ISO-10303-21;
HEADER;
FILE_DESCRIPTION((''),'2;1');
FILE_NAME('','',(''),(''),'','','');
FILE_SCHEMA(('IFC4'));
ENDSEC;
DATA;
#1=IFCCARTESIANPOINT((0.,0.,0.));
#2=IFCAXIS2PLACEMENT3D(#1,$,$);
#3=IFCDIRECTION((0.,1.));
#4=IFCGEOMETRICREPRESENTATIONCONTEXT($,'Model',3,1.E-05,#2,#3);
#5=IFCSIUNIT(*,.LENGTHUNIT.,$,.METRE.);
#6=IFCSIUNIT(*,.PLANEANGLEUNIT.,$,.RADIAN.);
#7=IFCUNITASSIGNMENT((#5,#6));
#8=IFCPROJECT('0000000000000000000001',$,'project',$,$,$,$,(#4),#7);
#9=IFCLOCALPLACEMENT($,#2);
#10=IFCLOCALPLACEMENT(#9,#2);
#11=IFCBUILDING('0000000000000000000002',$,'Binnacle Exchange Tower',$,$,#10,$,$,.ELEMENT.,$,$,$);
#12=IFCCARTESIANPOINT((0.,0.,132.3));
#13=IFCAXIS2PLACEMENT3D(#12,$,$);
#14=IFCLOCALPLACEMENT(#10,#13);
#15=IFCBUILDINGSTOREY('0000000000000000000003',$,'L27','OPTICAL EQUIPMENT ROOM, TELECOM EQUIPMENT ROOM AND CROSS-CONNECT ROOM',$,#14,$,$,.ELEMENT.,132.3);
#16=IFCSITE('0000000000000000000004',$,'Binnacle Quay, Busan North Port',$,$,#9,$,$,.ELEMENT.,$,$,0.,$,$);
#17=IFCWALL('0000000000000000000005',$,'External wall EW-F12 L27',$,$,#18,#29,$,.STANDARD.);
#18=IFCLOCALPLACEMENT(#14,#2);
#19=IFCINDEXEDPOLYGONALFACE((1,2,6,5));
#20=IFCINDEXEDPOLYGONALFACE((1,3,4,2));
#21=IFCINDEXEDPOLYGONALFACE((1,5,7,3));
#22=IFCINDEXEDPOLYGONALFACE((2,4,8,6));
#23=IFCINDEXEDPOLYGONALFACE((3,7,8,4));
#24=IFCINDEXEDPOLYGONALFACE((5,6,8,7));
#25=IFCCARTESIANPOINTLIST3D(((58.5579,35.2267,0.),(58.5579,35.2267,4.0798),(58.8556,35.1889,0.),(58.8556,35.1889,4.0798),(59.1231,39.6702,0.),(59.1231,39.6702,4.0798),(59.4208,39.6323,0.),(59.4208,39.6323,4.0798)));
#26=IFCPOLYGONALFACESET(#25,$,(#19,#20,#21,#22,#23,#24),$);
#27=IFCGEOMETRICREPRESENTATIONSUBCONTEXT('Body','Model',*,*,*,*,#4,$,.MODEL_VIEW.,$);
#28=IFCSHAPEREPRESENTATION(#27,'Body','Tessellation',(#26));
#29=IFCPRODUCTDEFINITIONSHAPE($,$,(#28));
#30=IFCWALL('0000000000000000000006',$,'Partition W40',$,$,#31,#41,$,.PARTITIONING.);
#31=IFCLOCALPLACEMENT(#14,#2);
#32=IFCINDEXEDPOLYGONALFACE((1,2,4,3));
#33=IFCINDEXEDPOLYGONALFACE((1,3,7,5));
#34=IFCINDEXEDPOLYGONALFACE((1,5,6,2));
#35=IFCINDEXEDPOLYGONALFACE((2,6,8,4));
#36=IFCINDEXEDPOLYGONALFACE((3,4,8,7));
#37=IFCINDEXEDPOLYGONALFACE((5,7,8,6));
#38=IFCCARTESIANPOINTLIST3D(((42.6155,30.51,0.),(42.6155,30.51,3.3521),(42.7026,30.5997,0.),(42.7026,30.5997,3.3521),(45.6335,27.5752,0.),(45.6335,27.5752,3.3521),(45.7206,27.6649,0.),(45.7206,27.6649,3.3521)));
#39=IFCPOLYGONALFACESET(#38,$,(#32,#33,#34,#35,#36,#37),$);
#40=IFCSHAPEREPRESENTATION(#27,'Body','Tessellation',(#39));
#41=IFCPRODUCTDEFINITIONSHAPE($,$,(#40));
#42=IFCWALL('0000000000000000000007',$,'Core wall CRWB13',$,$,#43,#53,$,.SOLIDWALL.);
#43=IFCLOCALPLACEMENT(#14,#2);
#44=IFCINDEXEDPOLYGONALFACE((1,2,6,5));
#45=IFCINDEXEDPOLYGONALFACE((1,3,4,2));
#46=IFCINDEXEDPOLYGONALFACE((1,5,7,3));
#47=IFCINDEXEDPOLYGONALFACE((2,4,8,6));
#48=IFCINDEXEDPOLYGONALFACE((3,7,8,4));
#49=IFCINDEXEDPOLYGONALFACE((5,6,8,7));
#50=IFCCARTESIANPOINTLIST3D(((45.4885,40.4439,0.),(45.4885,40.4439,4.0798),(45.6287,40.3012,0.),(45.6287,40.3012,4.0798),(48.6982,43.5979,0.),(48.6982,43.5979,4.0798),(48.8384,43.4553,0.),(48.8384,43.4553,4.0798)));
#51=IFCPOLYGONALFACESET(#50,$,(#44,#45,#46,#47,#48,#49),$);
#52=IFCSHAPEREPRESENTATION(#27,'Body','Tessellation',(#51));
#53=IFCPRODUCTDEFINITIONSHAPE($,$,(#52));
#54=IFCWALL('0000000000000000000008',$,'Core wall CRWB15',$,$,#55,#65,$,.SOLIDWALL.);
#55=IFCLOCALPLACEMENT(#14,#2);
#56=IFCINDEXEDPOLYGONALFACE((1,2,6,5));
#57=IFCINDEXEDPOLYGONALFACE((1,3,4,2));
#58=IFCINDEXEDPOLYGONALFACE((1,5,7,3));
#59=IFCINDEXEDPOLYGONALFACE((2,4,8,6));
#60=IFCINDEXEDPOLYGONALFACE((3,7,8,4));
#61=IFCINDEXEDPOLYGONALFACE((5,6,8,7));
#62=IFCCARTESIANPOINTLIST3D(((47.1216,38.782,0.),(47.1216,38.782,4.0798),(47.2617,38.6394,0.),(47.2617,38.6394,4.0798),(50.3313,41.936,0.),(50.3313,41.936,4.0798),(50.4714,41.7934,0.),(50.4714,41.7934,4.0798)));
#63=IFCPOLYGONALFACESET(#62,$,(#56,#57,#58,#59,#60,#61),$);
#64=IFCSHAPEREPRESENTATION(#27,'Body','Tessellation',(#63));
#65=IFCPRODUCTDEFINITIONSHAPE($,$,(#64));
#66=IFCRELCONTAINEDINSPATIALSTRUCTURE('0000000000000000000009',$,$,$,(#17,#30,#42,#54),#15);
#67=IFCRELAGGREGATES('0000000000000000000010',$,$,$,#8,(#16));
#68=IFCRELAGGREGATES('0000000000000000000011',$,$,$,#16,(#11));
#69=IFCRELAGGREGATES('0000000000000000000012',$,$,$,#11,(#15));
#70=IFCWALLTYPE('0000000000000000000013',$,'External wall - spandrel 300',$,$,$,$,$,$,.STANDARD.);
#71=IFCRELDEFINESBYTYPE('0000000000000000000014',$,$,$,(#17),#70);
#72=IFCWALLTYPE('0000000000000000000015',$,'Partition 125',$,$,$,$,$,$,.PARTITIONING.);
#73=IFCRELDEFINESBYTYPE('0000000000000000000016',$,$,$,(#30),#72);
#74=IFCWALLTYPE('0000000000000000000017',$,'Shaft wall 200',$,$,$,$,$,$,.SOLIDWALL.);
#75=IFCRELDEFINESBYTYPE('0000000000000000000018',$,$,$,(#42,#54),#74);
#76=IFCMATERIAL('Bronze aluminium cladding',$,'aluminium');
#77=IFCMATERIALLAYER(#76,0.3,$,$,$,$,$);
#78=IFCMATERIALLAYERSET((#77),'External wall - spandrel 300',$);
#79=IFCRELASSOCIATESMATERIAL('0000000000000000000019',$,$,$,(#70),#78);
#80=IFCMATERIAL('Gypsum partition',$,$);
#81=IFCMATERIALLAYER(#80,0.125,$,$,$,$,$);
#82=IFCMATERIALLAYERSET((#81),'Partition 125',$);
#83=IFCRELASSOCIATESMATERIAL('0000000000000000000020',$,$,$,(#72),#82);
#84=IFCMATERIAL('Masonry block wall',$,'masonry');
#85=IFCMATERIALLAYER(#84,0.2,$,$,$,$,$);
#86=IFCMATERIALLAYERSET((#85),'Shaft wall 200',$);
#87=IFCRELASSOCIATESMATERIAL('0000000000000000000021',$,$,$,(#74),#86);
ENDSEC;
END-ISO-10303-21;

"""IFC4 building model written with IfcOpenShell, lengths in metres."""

from ifc_helpers import new_model, si_unit, direction, frame, frame_2d, origin, place, context, subcontext, project, spatial, rectangle, extrude, material, layer, layer_set, type_object, element, save


model = new_model("IFC4")

# Units and contexts
model_context = context("Model", 3, precision=1e-05, world=origin(), true_north=direction((0.0, 1.0)))
body_context = subcontext(model_context, "Body", "Model", "MODEL_VIEW")
ifc_project = project(units=[si_unit("LENGTHUNIT", "METRE"), si_unit("PLANEANGLEUNIT", "RADIAN")], contexts=[model_context])

# Site, building, storey
site_placement = place(None, origin())
site = spatial("IfcSite", under=ifc_project, at=site_placement, Name="Binnacle Quay, Busan North Port", CompositionType="ELEMENT", RefElevation=0.0)
building_placement = place(site_placement, origin())
building = spatial("IfcBuilding", under=site, at=building_placement, Name="Binnacle Exchange Tower", CompositionType="ELEMENT")
storey_placement = place(building_placement, frame((0.0, 0.0, 132.3)))
storey = spatial("IfcBuildingStorey", under=building, at=storey_placement, Name="L27", Description="OPTICAL EQUIPMENT ROOM, TELECOM EQUIPMENT ROOM AND CROSS-CONNECT ROOM", CompositionType="ELEMENT", Elevation=132.3)

# Shared definitions
ifc_material_1 = material(Name="Bronze aluminium cladding", Category="aluminium")
ifc_layer_1 = layer(ifc_material_1, 0.3)
ifc_layer_set_1 = layer_set([ifc_layer_1], Name="External wall - spandrel 300")
wall_type_1 = type_object("IfcWallType", Name="External wall - spandrel 300", PredefinedType="STANDARD", material=ifc_layer_set_1)

# Walls
wall_1_placement = place(storey_placement, frame((59.272, 39.6514, 0.0), z_axis=(0.0, 0.0, 1.0), x_axis=(-0.126181, -0.992007, 0.0)))
element("IfcWall", 1, at=wall_1_placement, inside=storey, type_object=wall_type_1, Name="External wall EW-F12 L27", PredefinedType="STANDARD", context=body_context, shape_type="SweptSolid", body=[
    extrude(rectangle(XDim=4.4792, YDim=0.3, at=frame_2d((2.2397, 0.0))), origin(), (0.0, 0.0, 1.0), 4.0798),
])
ifc_material_2 = material(Name="Gypsum partition")
ifc_layer_2 = layer(ifc_material_2, 0.125)
ifc_layer_set_2 = layer_set([ifc_layer_2], Name="Partition 125")
wall_type_2 = type_object("IfcWallType", Name="Partition 125", PredefinedType="PARTITIONING", material=ifc_layer_set_2)
wall_2_placement = place(storey_placement, frame((42.6589, 30.5549, 0.0), z_axis=(0.0, 0.0, 1.0), x_axis=(0.716926, -0.69715, 0.0)))
element("IfcWall", 2, at=wall_2_placement, inside=storey, type_object=wall_type_2, Name="Partition W40", PredefinedType="PARTITIONING", context=body_context, shape_type="SweptSolid", body=[
    extrude(rectangle(XDim=4.2097, YDim=0.125, at=frame_2d((2.105, 0.0))), origin(), (0.0, 0.0, 1.0), 3.3521),
])
ifc_material_3 = material(Name="Masonry block wall", Category="masonry")
ifc_layer_3 = layer(ifc_material_3, 0.2)
ifc_layer_set_3 = layer_set([ifc_layer_3], Name="Shaft wall 200")
wall_type_3 = type_object("IfcWallType", Name="Shaft wall 200", PredefinedType="SOLIDWALL", material=ifc_layer_set_3)
for number, where, z_axis, x_axis, name in (
    (3, (45.5586, 40.3726, 0.0), (0.0, 0.0, 1.0), (0.713265, 0.700895, 0.0), "Core wall CRWB13"),
    (4, (47.1917, 38.7107, 0.0), (0.0, 0.0, 1.0), (0.713265, 0.700895, 0.0), "Core wall CRWB15"),
):
    element("IfcWall", number, at=place(storey_placement, frame(where, z_axis=z_axis, x_axis=x_axis)), inside=storey, type_object=wall_type_3, Name=name, PredefinedType="SOLIDWALL", context=body_context, shape_type="SweptSolid", body=[
        extrude(rectangle(XDim=4.5, YDim=0.2, at=frame_2d((2.25, 0.0))), origin(), (0.0, 0.0, 1.0), 4.0798),
    ])

save(model, "model.ifc")
